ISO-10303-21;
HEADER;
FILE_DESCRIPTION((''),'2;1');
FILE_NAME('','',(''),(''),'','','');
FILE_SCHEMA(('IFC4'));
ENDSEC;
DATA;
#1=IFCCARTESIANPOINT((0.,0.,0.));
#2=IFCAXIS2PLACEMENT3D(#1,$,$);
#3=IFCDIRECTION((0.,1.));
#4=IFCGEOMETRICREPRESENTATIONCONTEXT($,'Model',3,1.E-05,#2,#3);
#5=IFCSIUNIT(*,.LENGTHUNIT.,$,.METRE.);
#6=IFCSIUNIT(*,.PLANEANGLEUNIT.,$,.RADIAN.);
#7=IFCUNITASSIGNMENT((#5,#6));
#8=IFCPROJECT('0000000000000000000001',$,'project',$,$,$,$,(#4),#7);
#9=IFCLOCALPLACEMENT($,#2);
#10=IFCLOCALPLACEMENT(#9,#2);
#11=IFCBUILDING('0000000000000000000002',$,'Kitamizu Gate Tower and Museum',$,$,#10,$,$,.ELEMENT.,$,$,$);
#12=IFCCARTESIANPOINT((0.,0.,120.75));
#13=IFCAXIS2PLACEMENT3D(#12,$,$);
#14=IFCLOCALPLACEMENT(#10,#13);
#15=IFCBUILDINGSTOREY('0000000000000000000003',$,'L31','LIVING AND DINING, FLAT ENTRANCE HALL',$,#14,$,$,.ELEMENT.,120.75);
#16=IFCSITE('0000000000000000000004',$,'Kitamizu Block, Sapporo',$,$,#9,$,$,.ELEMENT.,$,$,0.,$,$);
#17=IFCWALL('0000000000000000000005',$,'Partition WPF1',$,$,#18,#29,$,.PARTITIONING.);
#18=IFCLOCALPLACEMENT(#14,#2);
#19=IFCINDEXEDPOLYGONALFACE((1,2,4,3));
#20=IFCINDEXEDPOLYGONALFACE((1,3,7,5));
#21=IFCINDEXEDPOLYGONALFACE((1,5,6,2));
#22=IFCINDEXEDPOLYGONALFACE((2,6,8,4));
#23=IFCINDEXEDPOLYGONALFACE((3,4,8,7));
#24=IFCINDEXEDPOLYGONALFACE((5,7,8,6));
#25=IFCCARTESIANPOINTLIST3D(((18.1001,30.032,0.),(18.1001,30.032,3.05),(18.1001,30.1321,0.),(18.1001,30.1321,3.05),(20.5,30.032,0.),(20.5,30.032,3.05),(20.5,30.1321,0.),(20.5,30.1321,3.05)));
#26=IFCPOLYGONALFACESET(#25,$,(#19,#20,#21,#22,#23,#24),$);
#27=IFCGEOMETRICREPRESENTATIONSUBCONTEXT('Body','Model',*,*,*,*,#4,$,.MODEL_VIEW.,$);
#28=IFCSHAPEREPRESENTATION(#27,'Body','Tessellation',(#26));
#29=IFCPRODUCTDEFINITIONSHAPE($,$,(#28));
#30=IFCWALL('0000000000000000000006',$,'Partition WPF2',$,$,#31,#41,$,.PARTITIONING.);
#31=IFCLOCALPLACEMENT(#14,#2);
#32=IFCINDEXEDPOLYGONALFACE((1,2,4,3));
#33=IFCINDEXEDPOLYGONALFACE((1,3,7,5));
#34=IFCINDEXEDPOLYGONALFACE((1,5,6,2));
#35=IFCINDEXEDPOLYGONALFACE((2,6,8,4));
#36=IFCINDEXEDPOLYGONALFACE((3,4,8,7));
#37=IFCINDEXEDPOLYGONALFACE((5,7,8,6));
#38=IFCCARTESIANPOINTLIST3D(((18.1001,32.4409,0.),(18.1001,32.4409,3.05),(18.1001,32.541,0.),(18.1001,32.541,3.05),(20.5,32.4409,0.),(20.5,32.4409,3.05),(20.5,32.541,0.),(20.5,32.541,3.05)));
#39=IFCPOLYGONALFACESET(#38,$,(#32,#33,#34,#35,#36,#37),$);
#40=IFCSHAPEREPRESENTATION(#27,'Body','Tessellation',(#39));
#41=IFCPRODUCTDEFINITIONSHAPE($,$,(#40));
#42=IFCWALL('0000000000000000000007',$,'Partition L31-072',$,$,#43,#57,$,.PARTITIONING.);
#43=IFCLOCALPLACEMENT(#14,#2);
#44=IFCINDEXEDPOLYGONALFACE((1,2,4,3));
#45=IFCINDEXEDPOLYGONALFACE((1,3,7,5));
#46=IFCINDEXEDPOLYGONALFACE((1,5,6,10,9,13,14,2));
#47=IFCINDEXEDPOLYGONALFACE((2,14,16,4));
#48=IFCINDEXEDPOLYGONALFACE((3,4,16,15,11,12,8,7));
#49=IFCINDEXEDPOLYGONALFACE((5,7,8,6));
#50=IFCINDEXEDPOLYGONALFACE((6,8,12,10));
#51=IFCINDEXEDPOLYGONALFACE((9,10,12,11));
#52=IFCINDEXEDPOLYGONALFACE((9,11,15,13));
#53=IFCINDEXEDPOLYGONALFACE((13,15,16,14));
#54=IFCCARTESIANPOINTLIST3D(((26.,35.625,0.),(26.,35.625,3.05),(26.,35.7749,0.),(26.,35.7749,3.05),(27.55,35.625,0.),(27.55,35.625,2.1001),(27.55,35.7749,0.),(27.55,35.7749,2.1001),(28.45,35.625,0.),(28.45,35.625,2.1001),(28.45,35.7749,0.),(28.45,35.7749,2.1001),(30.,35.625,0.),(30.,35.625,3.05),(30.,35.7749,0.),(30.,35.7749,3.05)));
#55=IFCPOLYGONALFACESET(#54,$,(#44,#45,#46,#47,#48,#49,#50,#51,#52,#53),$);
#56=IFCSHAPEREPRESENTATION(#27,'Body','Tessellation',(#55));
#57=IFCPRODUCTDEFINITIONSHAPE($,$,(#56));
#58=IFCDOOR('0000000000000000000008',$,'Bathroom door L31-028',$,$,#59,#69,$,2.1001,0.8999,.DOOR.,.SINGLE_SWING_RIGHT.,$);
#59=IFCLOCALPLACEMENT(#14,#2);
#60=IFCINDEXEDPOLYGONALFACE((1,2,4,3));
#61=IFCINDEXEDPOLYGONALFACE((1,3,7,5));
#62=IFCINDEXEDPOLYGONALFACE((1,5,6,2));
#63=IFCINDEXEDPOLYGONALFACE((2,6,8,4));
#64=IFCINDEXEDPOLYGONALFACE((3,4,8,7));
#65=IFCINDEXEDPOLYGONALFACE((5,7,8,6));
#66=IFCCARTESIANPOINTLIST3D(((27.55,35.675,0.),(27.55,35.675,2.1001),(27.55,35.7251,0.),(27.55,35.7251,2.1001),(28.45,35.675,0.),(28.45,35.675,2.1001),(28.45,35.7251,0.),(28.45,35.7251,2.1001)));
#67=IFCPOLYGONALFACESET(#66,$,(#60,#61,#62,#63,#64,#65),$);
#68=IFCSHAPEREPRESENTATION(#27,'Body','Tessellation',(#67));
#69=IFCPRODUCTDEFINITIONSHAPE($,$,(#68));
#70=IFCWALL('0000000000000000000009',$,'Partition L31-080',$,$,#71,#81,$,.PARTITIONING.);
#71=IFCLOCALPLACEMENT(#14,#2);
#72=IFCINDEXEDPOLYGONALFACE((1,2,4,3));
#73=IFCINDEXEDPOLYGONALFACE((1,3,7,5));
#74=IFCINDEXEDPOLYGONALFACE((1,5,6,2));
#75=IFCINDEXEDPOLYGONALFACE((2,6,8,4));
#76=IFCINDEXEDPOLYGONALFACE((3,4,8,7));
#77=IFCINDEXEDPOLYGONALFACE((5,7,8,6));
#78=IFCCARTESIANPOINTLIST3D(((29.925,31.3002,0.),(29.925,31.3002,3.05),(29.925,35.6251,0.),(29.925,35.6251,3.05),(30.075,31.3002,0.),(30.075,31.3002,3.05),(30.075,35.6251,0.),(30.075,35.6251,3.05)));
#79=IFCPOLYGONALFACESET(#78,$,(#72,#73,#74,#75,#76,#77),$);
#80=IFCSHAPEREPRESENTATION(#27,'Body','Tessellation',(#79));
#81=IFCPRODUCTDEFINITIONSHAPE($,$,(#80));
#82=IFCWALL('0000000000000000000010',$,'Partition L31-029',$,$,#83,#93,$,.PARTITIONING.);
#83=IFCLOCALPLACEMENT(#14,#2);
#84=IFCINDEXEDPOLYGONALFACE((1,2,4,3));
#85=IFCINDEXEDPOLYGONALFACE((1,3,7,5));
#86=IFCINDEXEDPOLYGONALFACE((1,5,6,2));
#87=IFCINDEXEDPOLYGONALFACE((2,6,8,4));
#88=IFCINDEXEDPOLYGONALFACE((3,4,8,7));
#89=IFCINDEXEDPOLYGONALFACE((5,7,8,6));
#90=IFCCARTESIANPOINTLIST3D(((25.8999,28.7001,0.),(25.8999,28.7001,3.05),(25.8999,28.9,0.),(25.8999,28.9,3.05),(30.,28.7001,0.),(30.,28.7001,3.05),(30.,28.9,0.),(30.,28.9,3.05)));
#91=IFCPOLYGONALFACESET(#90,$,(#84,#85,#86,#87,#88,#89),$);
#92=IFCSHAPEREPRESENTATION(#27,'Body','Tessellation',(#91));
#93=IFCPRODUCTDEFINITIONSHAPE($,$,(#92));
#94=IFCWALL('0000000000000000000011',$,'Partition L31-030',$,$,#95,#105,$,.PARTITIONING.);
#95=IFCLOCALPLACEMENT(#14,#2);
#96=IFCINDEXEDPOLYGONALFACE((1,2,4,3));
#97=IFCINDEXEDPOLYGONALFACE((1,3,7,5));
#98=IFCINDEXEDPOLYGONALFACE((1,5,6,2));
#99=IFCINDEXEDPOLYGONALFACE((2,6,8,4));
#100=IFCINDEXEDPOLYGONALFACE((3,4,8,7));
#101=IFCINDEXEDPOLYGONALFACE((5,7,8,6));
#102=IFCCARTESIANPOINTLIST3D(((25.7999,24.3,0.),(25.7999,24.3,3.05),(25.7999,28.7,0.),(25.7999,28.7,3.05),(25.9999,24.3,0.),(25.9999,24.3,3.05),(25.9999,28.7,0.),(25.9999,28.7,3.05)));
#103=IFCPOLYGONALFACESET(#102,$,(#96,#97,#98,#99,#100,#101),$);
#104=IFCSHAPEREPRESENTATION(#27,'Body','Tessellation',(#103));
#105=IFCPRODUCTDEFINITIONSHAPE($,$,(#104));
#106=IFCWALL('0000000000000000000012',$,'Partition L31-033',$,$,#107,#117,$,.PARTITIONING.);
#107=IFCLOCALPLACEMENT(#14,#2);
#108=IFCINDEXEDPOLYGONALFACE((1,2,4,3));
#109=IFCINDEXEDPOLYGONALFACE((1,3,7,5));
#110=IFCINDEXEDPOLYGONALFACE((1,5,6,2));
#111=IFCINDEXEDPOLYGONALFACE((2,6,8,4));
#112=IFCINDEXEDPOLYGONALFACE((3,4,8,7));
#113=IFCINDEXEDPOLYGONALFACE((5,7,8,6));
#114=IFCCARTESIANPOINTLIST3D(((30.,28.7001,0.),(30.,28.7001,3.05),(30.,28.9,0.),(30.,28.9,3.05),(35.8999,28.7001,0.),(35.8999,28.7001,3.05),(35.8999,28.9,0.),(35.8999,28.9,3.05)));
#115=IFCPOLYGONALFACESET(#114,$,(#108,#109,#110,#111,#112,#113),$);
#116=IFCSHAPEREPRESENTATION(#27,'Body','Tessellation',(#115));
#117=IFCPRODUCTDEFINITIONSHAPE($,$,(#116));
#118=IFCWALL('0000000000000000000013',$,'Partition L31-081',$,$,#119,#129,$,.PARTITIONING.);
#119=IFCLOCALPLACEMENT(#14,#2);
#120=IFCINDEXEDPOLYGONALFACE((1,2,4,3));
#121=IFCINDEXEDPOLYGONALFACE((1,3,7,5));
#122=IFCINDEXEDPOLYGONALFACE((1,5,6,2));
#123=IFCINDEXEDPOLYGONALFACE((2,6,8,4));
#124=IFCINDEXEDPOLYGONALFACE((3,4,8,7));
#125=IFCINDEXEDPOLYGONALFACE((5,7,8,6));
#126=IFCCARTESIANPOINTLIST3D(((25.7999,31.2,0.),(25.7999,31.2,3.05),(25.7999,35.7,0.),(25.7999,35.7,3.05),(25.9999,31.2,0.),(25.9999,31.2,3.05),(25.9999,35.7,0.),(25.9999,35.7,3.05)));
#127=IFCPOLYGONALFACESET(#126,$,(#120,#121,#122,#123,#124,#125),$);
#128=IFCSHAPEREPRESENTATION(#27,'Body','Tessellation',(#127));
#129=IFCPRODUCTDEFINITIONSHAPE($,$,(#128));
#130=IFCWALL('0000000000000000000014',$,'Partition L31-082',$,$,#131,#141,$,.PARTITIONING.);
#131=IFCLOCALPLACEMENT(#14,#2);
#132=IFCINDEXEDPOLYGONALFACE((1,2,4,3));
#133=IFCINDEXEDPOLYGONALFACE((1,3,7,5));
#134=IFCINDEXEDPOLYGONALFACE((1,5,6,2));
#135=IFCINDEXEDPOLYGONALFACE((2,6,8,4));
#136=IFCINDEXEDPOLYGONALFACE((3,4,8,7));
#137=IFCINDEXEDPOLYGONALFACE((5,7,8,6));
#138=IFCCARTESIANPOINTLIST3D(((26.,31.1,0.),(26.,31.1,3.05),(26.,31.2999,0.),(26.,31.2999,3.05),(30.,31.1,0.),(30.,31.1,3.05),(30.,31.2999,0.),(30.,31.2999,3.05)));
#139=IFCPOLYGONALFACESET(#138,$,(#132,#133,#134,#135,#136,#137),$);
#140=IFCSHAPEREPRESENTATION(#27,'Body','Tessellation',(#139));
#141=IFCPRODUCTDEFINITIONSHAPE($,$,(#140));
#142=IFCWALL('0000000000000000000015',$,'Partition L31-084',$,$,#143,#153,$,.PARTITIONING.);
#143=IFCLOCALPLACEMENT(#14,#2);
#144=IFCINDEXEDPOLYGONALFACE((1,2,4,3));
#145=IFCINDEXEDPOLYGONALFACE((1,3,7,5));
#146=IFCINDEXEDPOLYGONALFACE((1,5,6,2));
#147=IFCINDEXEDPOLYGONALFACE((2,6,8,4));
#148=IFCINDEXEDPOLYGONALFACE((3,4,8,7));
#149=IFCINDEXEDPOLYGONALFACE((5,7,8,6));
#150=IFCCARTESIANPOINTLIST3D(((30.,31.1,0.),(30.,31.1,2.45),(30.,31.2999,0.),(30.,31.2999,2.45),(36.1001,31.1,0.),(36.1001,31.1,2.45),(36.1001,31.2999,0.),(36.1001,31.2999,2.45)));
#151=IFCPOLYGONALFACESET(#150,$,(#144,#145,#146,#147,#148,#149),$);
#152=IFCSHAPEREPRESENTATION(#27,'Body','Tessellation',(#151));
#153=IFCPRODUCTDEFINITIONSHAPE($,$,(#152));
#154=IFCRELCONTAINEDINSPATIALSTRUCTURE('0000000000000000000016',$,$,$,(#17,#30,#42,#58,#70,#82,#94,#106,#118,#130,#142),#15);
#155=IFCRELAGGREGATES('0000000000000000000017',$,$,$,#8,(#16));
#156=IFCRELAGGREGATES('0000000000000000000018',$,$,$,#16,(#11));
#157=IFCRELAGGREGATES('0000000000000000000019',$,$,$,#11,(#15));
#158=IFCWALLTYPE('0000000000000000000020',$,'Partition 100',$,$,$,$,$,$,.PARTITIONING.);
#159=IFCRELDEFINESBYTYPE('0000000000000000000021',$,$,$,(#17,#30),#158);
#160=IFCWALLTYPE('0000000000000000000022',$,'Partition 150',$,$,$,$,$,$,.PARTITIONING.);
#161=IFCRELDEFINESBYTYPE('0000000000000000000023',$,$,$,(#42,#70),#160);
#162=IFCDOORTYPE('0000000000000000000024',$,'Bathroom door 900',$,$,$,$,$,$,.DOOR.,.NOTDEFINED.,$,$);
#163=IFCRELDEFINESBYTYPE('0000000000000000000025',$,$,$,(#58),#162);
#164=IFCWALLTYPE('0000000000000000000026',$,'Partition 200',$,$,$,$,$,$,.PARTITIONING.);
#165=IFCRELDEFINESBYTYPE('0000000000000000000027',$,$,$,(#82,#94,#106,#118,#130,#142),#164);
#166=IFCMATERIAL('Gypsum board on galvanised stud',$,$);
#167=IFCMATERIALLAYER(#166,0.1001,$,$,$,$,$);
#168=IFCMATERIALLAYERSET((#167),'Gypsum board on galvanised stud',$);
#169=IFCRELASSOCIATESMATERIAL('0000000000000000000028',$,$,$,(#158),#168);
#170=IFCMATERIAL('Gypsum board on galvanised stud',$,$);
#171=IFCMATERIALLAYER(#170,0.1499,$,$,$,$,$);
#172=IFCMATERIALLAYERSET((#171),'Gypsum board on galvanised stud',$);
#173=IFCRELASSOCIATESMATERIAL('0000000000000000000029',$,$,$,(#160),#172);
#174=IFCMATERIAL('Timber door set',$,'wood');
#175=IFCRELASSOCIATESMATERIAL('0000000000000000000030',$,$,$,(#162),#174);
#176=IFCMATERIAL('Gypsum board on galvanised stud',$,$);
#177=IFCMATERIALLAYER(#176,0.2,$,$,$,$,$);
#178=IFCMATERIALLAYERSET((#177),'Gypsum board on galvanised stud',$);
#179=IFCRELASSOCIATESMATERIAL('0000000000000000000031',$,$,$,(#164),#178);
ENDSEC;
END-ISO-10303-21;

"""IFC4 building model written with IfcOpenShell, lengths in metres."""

from ifc_helpers import new_model, si_unit, direction, frame, frame_2d, origin, place, context, subcontext, project, spatial, rectangle, extrude, material, layer, layer_set, type_object, element, fill, save


model = new_model("IFC4")

# Units and contexts
model_context = context("Model", 3, precision=1e-05, world=origin(), true_north=direction((0.0, 1.0)))
body_context = subcontext(model_context, "Body", "Model", "MODEL_VIEW")
ifc_project = project(units=[si_unit("LENGTHUNIT", "METRE"), si_unit("PLANEANGLEUNIT", "RADIAN")], contexts=[model_context])

# Site, building, storey
site_placement = place(None, origin())
site = spatial("IfcSite", under=ifc_project, at=site_placement, Name="Kitamizu Block, Sapporo", CompositionType="ELEMENT", RefElevation=0.0)
building_placement = place(site_placement, origin())
building = spatial("IfcBuilding", under=site, at=building_placement, Name="Kitamizu Gate Tower and Museum", CompositionType="ELEMENT")
storey_placement = place(building_placement, frame((0.0, 0.0, 120.75)))
storey = spatial("IfcBuildingStorey", under=building, at=storey_placement, Name="L31", Description="LIVING AND DINING, FLAT ENTRANCE HALL", CompositionType="ELEMENT", Elevation=120.75)

# Walls
ifc_material_1 = material(Name="Gypsum board on galvanised stud")
ifc_layer_1 = layer(ifc_material_1, 0.1001)
ifc_layer_set_1 = layer_set([ifc_layer_1], Name="Gypsum board on galvanised stud")
wall_type_1 = type_object("IfcWallType", Name="Partition 100", PredefinedType="PARTITIONING", material=ifc_layer_set_1)
for number, where, z_axis, x_axis, name in (
    (1, (18.1001, 30.082, 0.0), (0.0, 0.0, 1.0), (1.0, 0.0, 0.0), "Partition WPF1"),
    (2, (18.1001, 32.491, 0.0), (0.0, 0.0, 1.0), (1.0, 0.0, 0.0), "Partition WPF2"),
):
    element("IfcWall", number, at=place(storey_placement, frame(where, z_axis=z_axis, x_axis=x_axis)), inside=storey, type_object=wall_type_1, Name=name, PredefinedType="PARTITIONING", context=body_context, shape_type="SweptSolid", body=[
        extrude(rectangle(XDim=2.3999, YDim=0.1001, at=frame_2d((1.2, 0.0))), origin(), (0.0, 0.0, 1.0), 3.05),
    ])

# Wall, opening, door
ifc_material_2 = material(Name="Gypsum board on galvanised stud")
ifc_layer_2 = layer(ifc_material_2, 0.1499)
ifc_layer_set_2 = layer_set([ifc_layer_2], Name="Gypsum board on galvanised stud")
wall_type_2 = type_object("IfcWallType", Name="Partition 150", PredefinedType="PARTITIONING", material=ifc_layer_set_2)
wall_1_placement = place(storey_placement, frame((26.0, 35.7, 0.0), z_axis=(0.0, 0.0, 1.0), x_axis=(1.0, 0.0, 0.0)))
wall_1 = element("IfcWall", 3, at=wall_1_placement, inside=storey, type_object=wall_type_2, Name="Partition L31-072", PredefinedType="PARTITIONING", context=body_context, shape_type="SweptSolid", body=[
    extrude(rectangle(XDim=4.0, YDim=0.1499, at=frame_2d((2.0, 0.0))), origin(), (0.0, 0.0, 1.0), 3.05),
])
opening_1_placement = place(wall_1_placement, frame((1.55, 0.0, 0.0)))
opening_1 = element("IfcOpeningElement", 4, at=opening_1_placement, cuts=wall_1, PredefinedType="OPENING", context=body_context, shape_type="SweptSolid", body=[
    extrude(rectangle(XDim=0.8999, YDim=2.1001, at=frame_2d((0.45, 1.05))), frame((0.0, 0.085, 0.0), z_axis=(0.0, -1.0, 0.0), x_axis=(1.0, 0.0, 0.0)), (0.0, 0.0, 1.0), 0.1699),
])
ifc_material_3 = material(Name="Timber door set", Category="wood")
door_type_1 = type_object("IfcDoorType", Name="Bathroom door 900", OperationType="NOTDEFINED", PredefinedType="DOOR", material=ifc_material_3)
door_1_placement = place(opening_1_placement, frame((0.8999, 0.0, 0.0), x_axis=(-1.0, 0.0, 0.0)))
door_1 = element("IfcDoor", 5, at=door_1_placement, inside=storey, type_object=door_type_1, Name="Bathroom door L31-028", OperationType="SINGLE_SWING_RIGHT", OverallHeight=2.1001, OverallWidth=0.8999, PredefinedType="DOOR", context=body_context, shape_type="SweptSolid", body=[
    extrude(rectangle(XDim=0.8999, YDim=2.1001, at=frame_2d((0.45, 1.05))), frame((0.0, 0.0249, 0.0), z_axis=(0.0, -1.0, 0.0), x_axis=(1.0, 0.0, 0.0)), (0.0, 0.0, 1.0), 0.05),
])
fill(opening_1, door_1)

# Walls
wall_2_placement = place(storey_placement, frame((30.0, 31.3, 0.0), z_axis=(0.0, 0.0, 1.0), x_axis=(0.0, 1.0, 0.0)))
element("IfcWall", 6, at=wall_2_placement, inside=storey, type_object=wall_type_2, Name="Partition L31-080", PredefinedType="PARTITIONING", context=body_context, shape_type="SweptSolid", body=[
    extrude(rectangle(XDim=4.325, YDim=0.1499, at=frame_2d((2.1626, 0.0))), origin(), (0.0, 0.0, 1.0), 3.05),
])
ifc_material_4 = material(Name="Gypsum board on galvanised stud")
ifc_layer_3 = layer(ifc_material_4, 0.2)
ifc_layer_set_3 = layer_set([ifc_layer_3], Name="Gypsum board on galvanised stud")
wall_type_3 = type_object("IfcWallType", Name="Partition 200", PredefinedType="PARTITIONING", material=ifc_layer_set_3)
wall_3_placement = place(storey_placement, frame((30.0, 28.8, 0.0), z_axis=(0.0, 0.0, 1.0), x_axis=(-1.0, 0.0, 0.0)))
element("IfcWall", 7, at=wall_3_placement, inside=storey, type_object=wall_type_3, Name="Partition L31-029", PredefinedType="PARTITIONING", context=body_context, shape_type="SweptSolid", body=[
    extrude(rectangle(XDim=4.1001, YDim=0.2, at=frame_2d((2.05, 0.0))), origin(), (0.0, 0.0, 1.0), 3.05),
])
wall_4_placement = place(storey_placement, frame((25.8999, 28.7, 0.0), z_axis=(0.0, 0.0, 1.0), x_axis=(0.0, -1.0, 0.0)))
element("IfcWall", 8, at=wall_4_placement, inside=storey, type_object=wall_type_3, Name="Partition L31-030", PredefinedType="PARTITIONING", context=body_context, shape_type="SweptSolid", body=[
    extrude(rectangle(XDim=4.3999, YDim=0.2, at=frame_2d((2.2, 0.0))), origin(), (0.0, 0.0, 1.0), 3.05),
])
wall_5_placement = place(storey_placement, frame((35.8999, 28.8, 0.0), z_axis=(0.0, 0.0, 1.0), x_axis=(-1.0, 0.0, 0.0)))
element("IfcWall", 9, at=wall_5_placement, inside=storey, type_object=wall_type_3, Name="Partition L31-033", PredefinedType="PARTITIONING", context=body_context, shape_type="SweptSolid", body=[
    extrude(rectangle(XDim=5.8999, YDim=0.2, at=frame_2d((2.95, 0.0))), origin(), (0.0, 0.0, 1.0), 3.05),
])
wall_6_placement = place(storey_placement, frame((25.8999, 35.7, 0.0), z_axis=(0.0, 0.0, 1.0), x_axis=(0.0, -1.0, 0.0)))
element("IfcWall", 10, at=wall_6_placement, inside=storey, type_object=wall_type_3, Name="Partition L31-081", PredefinedType="PARTITIONING", context=body_context, shape_type="SweptSolid", body=[
    extrude(rectangle(XDim=4.5, YDim=0.2, at=frame_2d((2.25, 0.0))), origin(), (0.0, 0.0, 1.0), 3.05),
])
wall_7_placement = place(storey_placement, frame((26.0, 31.2, 0.0), z_axis=(0.0, 0.0, 1.0), x_axis=(1.0, 0.0, 0.0)))
element("IfcWall", 11, at=wall_7_placement, inside=storey, type_object=wall_type_3, Name="Partition L31-082", PredefinedType="PARTITIONING", context=body_context, shape_type="SweptSolid", body=[
    extrude(rectangle(XDim=4.0, YDim=0.2, at=frame_2d((2.0, 0.0))), origin(), (0.0, 0.0, 1.0), 3.05),
])
wall_8_placement = place(storey_placement, frame((30.0, 31.2, 0.0), z_axis=(0.0, 0.0, 1.0), x_axis=(1.0, 0.0, 0.0)))
element("IfcWall", 12, at=wall_8_placement, inside=storey, type_object=wall_type_3, Name="Partition L31-084", PredefinedType="PARTITIONING", context=body_context, shape_type="SweptSolid", body=[
    extrude(rectangle(XDim=6.1001, YDim=0.2, at=frame_2d((3.05, 0.0))), origin(), (0.0, 0.0, 1.0), 2.45),
])

save(model, "model.ifc")
